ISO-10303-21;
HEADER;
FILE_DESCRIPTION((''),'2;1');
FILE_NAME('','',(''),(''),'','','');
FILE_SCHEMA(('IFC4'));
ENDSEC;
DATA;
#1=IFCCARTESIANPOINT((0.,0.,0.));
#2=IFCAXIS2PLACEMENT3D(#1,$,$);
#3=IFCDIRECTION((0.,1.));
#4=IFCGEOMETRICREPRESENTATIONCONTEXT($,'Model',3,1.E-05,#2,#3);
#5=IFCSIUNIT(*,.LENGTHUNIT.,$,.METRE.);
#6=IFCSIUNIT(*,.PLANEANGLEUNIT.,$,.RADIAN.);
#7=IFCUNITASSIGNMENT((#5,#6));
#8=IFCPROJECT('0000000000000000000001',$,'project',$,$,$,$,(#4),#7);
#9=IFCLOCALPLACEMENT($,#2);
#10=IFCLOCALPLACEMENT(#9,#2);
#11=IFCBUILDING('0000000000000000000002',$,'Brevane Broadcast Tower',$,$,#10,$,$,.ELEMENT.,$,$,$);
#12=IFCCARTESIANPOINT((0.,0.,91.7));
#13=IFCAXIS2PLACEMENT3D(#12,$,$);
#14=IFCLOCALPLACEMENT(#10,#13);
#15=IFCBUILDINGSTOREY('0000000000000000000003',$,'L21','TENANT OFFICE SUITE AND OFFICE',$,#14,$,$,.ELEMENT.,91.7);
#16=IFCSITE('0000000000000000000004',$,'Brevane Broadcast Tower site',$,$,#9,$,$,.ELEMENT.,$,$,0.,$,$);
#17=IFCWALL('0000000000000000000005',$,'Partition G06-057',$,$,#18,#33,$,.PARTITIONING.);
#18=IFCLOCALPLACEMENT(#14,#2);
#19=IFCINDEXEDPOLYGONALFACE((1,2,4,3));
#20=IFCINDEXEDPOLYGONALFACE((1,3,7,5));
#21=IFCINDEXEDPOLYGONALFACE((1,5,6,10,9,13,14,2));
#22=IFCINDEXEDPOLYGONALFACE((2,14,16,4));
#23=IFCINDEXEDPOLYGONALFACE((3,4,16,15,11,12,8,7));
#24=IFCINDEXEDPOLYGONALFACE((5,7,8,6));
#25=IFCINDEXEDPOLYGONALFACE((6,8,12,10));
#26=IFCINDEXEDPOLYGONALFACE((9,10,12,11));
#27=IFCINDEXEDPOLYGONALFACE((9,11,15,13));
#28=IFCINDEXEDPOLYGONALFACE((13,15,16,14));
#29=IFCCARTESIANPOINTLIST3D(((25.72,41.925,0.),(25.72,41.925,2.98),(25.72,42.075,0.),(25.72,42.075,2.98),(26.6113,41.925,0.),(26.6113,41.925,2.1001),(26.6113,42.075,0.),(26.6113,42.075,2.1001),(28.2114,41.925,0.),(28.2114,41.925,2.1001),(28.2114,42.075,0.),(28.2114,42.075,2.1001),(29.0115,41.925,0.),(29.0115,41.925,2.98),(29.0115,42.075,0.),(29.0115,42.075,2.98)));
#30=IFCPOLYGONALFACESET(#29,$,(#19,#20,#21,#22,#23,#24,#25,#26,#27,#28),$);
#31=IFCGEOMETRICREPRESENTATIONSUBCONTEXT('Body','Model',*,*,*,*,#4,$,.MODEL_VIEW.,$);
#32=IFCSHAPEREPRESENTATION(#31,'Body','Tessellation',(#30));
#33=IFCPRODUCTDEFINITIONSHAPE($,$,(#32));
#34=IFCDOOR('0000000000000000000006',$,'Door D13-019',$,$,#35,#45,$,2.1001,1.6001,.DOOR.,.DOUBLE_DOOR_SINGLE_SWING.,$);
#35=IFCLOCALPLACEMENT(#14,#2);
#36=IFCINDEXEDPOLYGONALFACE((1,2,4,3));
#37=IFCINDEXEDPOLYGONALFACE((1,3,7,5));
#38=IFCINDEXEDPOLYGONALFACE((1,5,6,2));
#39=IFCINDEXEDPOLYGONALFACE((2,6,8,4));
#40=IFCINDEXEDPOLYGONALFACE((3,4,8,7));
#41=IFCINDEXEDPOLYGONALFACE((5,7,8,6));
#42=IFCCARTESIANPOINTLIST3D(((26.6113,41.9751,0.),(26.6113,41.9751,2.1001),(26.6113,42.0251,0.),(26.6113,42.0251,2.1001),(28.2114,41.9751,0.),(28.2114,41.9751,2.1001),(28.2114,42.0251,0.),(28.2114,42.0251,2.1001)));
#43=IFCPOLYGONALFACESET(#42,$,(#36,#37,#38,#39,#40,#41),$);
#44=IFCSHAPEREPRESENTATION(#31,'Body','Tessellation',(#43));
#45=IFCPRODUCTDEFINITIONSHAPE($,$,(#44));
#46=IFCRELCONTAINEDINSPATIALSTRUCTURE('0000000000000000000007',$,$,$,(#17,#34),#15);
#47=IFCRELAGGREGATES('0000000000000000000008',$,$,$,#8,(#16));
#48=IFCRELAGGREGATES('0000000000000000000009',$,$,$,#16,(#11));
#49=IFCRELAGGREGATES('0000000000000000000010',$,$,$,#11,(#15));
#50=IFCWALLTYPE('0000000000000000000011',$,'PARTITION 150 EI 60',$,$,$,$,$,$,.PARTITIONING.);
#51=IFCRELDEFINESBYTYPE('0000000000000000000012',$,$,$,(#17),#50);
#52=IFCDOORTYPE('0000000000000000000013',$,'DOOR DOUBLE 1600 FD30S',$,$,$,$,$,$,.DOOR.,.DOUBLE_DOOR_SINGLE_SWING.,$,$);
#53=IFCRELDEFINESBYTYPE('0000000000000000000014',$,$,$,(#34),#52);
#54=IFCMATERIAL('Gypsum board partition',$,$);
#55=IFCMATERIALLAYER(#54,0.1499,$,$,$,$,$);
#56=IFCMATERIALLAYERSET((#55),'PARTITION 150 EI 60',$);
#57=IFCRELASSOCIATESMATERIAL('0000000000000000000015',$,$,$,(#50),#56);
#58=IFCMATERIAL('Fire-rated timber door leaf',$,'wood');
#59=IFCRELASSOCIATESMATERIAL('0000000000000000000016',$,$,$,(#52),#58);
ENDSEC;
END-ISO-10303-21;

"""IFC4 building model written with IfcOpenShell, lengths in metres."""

from ifc_helpers import new_model, si_unit, direction, frame, frame_2d, origin, place, context, subcontext, project, spatial, rectangle, extrude, material, layer, layer_set, type_object, element, fill, save


model = new_model("IFC4")

# Units and contexts
model_context = context("Model", 3, precision=1e-05, world=origin(), true_north=direction((0.0, 1.0)))
body_context = subcontext(model_context, "Body", "Model", "MODEL_VIEW")
ifc_project = project(units=[si_unit("LENGTHUNIT", "METRE"), si_unit("PLANEANGLEUNIT", "RADIAN")], contexts=[model_context])

# Site, building, storey
site_placement = place(None, origin())
site = spatial("IfcSite", under=ifc_project, at=site_placement, Name="Brevane Broadcast Tower site", CompositionType="ELEMENT", RefElevation=0.0)
building_placement = place(site_placement, origin())
building = spatial("IfcBuilding", under=site, at=building_placement, Name="Brevane Broadcast Tower", CompositionType="ELEMENT")
storey_placement = place(building_placement, frame((0.0, 0.0, 91.7)))
storey = spatial("IfcBuildingStorey", under=building, at=storey_placement, Name="L21", Description="TENANT OFFICE SUITE AND OFFICE", CompositionType="ELEMENT", Elevation=91.7)

# Shared definitions
ifc_material_1 = material(Name="Gypsum board partition")

# Wall, opening, door
ifc_layer_1 = layer(ifc_material_1, 0.1499)
ifc_layer_set_1 = layer_set([ifc_layer_1], Name="PARTITION 150 EI 60")
wall_type_1 = type_object("IfcWallType", Name="PARTITION 150 EI 60", PredefinedType="PARTITIONING", material=ifc_layer_set_1)
wall_1_placement = place(storey_placement, frame((29.0115, 42.0, 0.0), z_axis=(0.0, 0.0, 1.0), x_axis=(-1.0, 0.0, 0.0)))
wall_1 = element("IfcWall", 1, at=wall_1_placement, inside=storey, type_object=wall_type_1, Name="Partition G06-057", PredefinedType="PARTITIONING", context=body_context, shape_type="SweptSolid", body=[
    extrude(rectangle(XDim=3.2915, YDim=0.1499, at=frame_2d((1.6458, 0.0))), origin(), (0.0, 0.0, 1.0), 2.98),
])
opening_placement = place(wall_1_placement, frame((0.8, 0.0, 0.0)))
opening = element("IfcOpeningElement", 2, at=opening_placement, cuts=wall_1, PredefinedType="OPENING", context=body_context, shape_type="SweptSolid", body=[
    extrude(rectangle(XDim=1.6001, YDim=2.1001, at=frame_2d((0.8, 1.05))), frame((0.0, 0.085, 0.0), z_axis=(0.0, -1.0, 0.0), x_axis=(1.0, 0.0, 0.0)), (0.0, 0.0, 1.0), 0.1699),
])
ifc_material_2 = material(Name="Fire-rated timber door leaf", Category="wood")
door_type = type_object("IfcDoorType", Name="DOOR DOUBLE 1600 FD30S", OperationType="DOUBLE_DOOR_SINGLE_SWING", PredefinedType="DOOR", material=ifc_material_2)
door_placement = place(opening_placement, origin())
door = element("IfcDoor", 3, at=door_placement, inside=storey, type_object=door_type, Name="Door D13-019", OperationType="DOUBLE_DOOR_SINGLE_SWING", OverallHeight=2.1001, OverallWidth=1.6001, PredefinedType="DOOR", context=body_context, shape_type="SweptSolid", body=[
    extrude(rectangle(XDim=1.6001, YDim=2.1001, at=frame_2d((0.8, 1.05))), frame((0.0, 0.0249, 0.0), z_axis=(0.0, -1.0, 0.0), x_axis=(1.0, 0.0, 0.0)), (0.0, 0.0, 1.0), 0.05),
])
fill(opening, door)

save(model, "model.ifc")
